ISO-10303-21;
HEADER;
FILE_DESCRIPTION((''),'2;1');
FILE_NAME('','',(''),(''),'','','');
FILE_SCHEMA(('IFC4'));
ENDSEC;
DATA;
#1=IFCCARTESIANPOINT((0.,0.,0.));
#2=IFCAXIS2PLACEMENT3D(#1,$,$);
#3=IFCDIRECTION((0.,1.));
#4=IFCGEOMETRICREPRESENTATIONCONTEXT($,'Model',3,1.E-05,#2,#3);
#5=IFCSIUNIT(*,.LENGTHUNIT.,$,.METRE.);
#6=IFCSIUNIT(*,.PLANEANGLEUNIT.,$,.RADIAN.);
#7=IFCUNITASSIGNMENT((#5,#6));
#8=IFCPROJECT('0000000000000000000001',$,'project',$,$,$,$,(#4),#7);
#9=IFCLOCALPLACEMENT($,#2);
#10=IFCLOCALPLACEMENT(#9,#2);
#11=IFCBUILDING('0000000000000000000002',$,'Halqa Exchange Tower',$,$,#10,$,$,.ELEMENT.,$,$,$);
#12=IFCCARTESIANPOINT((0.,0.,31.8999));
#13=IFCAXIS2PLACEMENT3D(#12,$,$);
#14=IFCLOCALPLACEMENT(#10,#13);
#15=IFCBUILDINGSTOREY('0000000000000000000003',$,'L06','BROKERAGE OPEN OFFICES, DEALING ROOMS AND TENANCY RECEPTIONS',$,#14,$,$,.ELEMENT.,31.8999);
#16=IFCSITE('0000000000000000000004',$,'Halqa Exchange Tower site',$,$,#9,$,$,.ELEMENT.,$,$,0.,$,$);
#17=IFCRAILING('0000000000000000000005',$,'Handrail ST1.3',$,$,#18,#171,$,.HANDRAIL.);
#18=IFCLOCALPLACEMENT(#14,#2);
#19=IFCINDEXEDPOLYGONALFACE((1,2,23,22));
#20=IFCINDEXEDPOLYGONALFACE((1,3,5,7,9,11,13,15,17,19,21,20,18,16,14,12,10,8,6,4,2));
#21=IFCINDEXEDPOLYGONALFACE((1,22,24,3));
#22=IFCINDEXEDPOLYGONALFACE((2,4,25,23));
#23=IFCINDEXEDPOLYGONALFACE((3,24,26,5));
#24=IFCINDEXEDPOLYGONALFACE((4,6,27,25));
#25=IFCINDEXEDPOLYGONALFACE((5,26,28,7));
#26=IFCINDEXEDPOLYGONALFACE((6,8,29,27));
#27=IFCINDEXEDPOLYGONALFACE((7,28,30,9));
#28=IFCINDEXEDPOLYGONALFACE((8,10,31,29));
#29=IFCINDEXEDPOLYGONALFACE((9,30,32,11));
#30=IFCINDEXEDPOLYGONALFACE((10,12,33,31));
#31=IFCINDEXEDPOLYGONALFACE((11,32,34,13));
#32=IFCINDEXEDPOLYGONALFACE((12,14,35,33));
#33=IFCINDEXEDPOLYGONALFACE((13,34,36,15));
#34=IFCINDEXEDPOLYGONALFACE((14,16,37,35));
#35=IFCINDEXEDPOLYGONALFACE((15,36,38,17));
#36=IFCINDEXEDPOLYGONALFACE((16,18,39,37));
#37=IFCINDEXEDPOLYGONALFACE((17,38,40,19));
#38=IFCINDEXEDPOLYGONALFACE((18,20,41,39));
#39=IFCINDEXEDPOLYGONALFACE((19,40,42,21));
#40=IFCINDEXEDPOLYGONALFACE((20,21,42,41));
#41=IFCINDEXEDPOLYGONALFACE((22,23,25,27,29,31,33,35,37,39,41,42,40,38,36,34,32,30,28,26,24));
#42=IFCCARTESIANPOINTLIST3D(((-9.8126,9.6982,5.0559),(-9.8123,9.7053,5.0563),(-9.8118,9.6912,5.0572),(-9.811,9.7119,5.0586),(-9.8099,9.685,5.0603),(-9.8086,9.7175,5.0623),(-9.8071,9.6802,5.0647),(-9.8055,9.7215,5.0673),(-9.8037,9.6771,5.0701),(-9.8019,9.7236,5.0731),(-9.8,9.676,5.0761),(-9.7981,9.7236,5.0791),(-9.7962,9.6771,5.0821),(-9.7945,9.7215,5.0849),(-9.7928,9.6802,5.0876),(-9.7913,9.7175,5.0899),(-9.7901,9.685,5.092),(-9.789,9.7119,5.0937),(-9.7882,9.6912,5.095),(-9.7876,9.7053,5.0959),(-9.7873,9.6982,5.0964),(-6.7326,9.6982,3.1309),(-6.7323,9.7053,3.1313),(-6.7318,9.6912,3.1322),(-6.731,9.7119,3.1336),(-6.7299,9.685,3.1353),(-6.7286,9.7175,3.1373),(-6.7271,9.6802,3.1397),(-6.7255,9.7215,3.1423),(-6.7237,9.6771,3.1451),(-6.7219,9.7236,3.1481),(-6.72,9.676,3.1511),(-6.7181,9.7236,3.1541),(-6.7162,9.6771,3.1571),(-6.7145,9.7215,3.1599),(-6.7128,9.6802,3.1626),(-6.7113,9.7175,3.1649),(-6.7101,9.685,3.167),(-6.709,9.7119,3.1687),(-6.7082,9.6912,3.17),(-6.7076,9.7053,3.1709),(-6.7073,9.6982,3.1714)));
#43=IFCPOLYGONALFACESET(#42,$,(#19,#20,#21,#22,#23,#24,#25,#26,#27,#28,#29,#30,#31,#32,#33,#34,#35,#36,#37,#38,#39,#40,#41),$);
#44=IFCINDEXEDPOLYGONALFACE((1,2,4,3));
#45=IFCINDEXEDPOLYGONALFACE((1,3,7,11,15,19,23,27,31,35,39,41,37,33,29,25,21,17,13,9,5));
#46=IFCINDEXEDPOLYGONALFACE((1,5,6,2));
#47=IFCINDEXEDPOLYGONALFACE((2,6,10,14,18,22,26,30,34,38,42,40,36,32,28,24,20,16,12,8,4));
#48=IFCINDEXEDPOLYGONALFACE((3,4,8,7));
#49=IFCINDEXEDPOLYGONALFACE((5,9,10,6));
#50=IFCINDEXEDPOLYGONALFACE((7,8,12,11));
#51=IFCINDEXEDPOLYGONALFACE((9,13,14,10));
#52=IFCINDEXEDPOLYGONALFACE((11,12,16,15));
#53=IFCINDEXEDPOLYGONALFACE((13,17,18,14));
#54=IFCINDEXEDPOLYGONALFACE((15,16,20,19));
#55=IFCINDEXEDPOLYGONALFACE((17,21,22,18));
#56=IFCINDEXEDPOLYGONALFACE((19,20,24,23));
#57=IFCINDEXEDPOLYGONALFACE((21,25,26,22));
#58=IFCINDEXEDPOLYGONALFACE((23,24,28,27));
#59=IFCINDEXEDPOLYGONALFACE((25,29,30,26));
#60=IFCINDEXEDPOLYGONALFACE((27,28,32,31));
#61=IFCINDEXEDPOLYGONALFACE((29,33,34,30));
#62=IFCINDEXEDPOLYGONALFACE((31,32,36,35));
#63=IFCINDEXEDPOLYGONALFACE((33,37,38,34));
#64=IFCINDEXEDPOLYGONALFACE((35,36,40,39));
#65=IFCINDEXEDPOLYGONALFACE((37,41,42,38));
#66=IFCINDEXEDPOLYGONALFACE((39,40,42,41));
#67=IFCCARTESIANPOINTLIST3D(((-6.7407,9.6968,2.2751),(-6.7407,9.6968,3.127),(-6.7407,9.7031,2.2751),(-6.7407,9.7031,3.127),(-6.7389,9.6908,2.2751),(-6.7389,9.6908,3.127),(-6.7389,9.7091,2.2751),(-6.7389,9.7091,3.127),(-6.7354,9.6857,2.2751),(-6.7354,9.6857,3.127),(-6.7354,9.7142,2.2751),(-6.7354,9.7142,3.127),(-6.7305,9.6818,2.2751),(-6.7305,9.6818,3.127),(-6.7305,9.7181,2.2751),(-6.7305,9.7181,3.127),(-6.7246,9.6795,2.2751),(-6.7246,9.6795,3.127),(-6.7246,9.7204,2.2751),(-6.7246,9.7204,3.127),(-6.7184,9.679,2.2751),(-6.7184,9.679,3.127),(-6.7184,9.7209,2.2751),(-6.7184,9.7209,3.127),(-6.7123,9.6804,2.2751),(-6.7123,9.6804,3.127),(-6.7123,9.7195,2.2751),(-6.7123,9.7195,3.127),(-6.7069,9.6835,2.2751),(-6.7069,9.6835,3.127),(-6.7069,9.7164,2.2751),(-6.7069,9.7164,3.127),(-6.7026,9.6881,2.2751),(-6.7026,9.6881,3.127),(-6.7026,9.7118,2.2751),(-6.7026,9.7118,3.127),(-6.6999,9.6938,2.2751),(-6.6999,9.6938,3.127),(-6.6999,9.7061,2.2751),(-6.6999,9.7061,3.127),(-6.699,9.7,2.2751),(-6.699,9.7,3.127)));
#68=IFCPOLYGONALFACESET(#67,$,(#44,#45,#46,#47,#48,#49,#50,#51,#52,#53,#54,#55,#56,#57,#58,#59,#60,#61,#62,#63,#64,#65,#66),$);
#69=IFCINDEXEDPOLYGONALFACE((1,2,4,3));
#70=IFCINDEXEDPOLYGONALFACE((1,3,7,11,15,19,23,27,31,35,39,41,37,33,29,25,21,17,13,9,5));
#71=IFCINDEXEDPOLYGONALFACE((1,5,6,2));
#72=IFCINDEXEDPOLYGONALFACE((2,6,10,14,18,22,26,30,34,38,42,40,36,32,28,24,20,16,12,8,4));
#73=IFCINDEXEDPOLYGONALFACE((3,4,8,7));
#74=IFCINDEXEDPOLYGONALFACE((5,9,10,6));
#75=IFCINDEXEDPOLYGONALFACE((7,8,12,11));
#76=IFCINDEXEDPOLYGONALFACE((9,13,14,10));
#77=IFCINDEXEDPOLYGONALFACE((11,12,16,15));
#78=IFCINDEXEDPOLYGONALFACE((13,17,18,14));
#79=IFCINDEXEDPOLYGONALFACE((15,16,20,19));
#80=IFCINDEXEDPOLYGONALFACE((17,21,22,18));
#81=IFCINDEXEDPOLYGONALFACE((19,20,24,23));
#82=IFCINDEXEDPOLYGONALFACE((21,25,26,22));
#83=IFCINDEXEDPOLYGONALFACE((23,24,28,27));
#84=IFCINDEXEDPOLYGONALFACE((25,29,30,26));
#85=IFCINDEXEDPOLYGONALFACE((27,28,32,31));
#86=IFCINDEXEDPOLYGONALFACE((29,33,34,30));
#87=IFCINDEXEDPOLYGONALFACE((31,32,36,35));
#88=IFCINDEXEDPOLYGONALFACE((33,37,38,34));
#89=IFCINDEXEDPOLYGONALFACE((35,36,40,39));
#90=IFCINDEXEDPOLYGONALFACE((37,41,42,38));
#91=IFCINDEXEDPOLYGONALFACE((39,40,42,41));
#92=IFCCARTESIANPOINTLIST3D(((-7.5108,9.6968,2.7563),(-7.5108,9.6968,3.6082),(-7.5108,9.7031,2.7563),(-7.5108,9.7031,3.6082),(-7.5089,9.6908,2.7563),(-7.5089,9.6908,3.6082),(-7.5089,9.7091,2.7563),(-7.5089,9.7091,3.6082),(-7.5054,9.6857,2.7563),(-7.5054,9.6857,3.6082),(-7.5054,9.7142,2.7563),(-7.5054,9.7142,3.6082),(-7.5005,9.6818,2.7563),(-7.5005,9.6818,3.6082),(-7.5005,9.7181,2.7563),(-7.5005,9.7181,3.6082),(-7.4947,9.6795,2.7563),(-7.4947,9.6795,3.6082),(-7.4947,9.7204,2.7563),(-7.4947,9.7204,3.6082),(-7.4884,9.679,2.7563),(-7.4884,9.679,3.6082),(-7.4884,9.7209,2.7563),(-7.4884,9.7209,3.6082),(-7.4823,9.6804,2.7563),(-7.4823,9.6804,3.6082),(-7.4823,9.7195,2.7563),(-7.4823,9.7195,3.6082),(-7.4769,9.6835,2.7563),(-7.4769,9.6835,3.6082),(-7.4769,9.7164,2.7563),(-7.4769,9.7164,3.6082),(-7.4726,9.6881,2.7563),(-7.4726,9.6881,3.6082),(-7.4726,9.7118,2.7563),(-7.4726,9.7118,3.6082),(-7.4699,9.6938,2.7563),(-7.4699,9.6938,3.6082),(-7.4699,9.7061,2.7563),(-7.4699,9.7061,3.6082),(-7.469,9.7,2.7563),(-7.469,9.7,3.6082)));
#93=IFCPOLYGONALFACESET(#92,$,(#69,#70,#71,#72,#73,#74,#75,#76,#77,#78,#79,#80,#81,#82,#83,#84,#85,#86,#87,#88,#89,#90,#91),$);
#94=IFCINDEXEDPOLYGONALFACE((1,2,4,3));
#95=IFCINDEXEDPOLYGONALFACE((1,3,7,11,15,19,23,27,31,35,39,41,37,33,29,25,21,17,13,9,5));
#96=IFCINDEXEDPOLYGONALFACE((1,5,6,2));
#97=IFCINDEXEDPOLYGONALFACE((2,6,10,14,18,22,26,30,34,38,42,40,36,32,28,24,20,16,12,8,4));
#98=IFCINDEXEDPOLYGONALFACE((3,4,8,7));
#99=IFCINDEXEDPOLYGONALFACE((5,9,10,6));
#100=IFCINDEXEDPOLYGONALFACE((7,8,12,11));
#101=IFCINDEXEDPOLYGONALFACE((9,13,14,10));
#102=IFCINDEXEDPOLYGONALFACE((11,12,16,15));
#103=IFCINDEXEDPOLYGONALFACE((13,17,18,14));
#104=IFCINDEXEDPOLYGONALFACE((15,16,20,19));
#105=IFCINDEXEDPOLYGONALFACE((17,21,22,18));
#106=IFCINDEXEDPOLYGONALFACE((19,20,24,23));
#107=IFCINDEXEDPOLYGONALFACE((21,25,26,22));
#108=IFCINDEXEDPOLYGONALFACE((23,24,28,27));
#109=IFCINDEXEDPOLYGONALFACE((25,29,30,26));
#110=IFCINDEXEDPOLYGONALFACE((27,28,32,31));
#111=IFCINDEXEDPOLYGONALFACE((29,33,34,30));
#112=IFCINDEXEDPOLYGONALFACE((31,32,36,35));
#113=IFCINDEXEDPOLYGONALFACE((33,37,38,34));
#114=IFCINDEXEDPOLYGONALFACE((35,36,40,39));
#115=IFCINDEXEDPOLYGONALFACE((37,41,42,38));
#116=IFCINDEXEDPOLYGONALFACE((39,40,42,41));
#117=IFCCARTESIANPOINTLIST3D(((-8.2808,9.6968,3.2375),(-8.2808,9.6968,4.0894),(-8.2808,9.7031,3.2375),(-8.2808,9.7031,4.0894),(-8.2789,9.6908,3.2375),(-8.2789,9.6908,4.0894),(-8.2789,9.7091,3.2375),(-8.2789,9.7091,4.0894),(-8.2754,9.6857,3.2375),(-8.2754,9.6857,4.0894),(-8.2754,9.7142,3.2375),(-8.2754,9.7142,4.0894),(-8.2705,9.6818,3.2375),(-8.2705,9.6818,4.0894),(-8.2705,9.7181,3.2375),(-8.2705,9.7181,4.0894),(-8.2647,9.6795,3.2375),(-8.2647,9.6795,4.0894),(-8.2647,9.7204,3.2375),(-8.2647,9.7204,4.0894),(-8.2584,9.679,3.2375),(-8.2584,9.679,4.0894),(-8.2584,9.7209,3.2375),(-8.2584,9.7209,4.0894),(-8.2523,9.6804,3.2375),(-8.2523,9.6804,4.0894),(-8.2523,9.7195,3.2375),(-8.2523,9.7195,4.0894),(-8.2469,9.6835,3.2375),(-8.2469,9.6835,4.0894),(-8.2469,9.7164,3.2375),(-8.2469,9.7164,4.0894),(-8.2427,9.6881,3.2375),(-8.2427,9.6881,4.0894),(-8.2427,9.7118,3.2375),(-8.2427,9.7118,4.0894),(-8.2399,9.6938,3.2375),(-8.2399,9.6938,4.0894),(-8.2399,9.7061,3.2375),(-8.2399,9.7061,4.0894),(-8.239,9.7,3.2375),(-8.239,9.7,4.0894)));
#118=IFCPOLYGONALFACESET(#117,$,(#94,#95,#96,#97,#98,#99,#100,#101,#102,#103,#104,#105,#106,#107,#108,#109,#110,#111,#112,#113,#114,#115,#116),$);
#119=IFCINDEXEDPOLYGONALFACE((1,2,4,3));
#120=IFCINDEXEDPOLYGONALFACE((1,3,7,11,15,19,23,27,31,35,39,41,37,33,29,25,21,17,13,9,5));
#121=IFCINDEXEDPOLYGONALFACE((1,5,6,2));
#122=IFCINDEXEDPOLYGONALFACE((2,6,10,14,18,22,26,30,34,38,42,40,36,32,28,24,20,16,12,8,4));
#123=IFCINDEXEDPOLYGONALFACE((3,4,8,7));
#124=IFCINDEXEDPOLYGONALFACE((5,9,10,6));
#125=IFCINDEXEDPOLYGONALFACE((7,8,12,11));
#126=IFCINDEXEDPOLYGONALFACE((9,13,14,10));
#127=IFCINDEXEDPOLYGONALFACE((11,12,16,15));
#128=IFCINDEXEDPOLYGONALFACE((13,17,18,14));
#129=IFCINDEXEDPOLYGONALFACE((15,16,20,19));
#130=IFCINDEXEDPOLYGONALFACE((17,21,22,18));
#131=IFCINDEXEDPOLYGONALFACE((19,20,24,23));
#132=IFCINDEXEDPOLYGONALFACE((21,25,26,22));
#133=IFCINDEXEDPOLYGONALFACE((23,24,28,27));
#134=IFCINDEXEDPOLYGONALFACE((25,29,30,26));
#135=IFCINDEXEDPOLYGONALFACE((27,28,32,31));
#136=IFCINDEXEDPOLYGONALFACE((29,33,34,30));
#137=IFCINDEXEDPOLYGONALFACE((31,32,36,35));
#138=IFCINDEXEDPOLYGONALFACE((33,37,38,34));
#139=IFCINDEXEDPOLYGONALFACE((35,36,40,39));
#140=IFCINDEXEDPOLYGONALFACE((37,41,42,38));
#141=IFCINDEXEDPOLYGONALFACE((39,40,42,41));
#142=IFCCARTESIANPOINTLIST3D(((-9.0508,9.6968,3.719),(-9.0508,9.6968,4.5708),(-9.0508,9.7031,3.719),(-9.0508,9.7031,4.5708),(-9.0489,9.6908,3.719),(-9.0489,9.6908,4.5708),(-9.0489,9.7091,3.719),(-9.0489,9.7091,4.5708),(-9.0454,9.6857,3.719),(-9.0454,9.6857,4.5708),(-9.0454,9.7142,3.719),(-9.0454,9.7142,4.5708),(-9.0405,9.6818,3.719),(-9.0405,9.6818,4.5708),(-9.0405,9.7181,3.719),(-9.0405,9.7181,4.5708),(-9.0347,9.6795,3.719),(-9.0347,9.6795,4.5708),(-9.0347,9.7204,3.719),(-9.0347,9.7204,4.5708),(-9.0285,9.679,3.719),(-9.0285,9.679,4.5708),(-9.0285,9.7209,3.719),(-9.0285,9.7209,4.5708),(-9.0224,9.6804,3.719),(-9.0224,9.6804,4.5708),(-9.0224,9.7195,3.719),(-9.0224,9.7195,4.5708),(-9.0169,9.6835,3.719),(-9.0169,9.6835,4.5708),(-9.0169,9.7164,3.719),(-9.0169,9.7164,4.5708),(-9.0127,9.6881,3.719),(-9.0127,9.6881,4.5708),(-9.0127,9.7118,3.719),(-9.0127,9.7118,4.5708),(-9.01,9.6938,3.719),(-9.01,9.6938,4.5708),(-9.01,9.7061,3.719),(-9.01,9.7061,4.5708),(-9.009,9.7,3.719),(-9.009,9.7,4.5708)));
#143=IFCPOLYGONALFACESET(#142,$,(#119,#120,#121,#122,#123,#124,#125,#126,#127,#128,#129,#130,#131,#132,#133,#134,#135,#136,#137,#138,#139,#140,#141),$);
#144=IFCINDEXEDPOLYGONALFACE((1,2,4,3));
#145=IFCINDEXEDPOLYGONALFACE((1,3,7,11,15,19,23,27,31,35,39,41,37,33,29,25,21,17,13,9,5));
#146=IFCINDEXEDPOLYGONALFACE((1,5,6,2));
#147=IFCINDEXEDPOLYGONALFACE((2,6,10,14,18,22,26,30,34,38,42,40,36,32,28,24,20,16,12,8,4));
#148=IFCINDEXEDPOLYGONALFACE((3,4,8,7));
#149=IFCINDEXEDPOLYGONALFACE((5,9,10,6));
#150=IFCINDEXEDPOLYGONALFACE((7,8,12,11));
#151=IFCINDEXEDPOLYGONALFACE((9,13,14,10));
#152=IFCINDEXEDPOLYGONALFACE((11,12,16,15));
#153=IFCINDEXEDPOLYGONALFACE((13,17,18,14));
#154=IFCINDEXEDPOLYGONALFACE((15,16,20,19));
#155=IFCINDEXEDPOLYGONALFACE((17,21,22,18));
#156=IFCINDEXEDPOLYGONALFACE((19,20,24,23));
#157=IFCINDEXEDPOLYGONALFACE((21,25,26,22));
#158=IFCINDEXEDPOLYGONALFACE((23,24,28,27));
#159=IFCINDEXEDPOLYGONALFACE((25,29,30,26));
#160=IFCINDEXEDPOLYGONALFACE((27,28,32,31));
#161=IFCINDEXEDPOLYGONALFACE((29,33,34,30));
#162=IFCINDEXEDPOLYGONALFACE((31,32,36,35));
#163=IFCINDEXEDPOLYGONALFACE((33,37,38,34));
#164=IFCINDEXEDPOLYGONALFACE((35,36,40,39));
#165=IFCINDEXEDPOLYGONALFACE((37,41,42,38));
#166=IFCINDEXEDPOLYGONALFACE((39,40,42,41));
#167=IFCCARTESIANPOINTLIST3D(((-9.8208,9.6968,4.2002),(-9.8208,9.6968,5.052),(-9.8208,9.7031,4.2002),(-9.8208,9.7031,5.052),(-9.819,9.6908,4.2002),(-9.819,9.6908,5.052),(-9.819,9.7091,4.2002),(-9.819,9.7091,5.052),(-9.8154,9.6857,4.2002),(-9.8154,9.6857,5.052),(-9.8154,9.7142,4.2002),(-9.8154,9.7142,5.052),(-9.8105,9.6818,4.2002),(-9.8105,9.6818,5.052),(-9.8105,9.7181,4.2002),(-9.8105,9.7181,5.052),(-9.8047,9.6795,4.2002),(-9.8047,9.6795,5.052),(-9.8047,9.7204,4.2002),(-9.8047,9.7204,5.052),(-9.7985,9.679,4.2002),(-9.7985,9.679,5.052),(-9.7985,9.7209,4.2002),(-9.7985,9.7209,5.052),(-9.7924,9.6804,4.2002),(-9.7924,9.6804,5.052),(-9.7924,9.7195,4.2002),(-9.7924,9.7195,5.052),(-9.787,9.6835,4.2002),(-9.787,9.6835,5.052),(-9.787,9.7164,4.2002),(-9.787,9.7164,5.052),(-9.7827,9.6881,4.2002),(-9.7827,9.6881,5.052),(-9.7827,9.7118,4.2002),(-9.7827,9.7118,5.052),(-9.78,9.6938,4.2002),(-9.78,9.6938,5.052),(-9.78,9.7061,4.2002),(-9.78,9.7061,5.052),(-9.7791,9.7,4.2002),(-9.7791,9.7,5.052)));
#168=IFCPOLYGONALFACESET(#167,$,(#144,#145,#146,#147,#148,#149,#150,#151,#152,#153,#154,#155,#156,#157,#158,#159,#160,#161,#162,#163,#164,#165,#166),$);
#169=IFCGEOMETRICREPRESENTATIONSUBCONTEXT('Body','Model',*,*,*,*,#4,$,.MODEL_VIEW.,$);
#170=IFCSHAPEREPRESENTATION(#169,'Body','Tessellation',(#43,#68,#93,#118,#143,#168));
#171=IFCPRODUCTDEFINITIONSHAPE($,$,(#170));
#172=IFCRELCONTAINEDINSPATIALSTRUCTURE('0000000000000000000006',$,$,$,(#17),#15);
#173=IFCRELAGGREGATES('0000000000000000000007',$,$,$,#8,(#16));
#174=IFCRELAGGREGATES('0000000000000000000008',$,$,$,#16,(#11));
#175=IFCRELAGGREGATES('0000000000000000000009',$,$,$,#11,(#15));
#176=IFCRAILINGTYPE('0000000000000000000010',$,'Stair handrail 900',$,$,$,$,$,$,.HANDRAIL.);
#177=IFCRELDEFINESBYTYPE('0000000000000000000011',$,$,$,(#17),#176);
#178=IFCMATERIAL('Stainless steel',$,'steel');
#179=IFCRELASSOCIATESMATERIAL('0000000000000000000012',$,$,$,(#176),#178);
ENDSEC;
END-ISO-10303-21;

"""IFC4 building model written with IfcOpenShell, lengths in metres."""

from ifc_helpers import new_model, si_unit, direction, frame, origin, origin_2d, place, context, subcontext, project, spatial, circle, extrude, material, type_object, element, save


model = new_model("IFC4")

# Units and contexts
model_context = context("Model", 3, precision=1e-05, world=origin(), true_north=direction((0.0, 1.0)))
body_context = subcontext(model_context, "Body", "Model", "MODEL_VIEW")
ifc_project = project(units=[si_unit("LENGTHUNIT", "METRE"), si_unit("PLANEANGLEUNIT", "RADIAN")], contexts=[model_context])

# Site, building, storey
site_placement = place(None, origin())
site = spatial("IfcSite", under=ifc_project, at=site_placement, Name="Halqa Exchange Tower site", CompositionType="ELEMENT", RefElevation=0.0)
building_placement = place(site_placement, origin())
building = spatial("IfcBuilding", under=site, at=building_placement, Name="Halqa Exchange Tower", CompositionType="ELEMENT")
storey_placement = place(building_placement, frame((0.0, 0.0, 31.8999)))
storey = spatial("IfcBuildingStorey", under=building, at=storey_placement, Name="L06", Description="BROKERAGE OPEN OFFICES, DEALING ROOMS AND TENANCY RECEPTIONS", CompositionType="ELEMENT", Elevation=31.8999)

# Railing
ifc_material_1 = material(Name="Stainless steel", Category="steel")
railing_type_1 = type_object("IfcRailingType", Name="Stair handrail 900", PredefinedType="HANDRAIL", material=ifc_material_1)
railing_1_placement = place(storey_placement, frame((-6.72, 9.7, 2.2751)))
element("IfcRailing", 1, at=railing_1_placement, inside=storey, type_object=railing_type_1, Name="Handrail ST1.3", PredefinedType="HANDRAIL", context=body_context, shape_type="SweptSolid", body=[
    extrude(circle(Radius=0.0239, at=origin_2d()), frame((0.0, 0.0, 0.876), z_axis=(-0.847998, 0.0, 0.529999), x_axis=(0.0, -1.0, 0.0)), (0.0, 0.0, 1.0), 3.6321),
    extrude(circle(Radius=0.021, at=origin_2d()), origin(), (0.0, 0.0, 1.0), 0.8518),
    extrude(circle(Radius=0.021, at=origin_2d()), frame((-0.77, 0.0, 0.4812)), (0.0, 0.0, 1.0), 0.8518),
    extrude(circle(Radius=0.021, at=origin_2d()), frame((-1.54, 0.0, 0.9624)), (0.0, 0.0, 1.0), 0.8518),
    extrude(circle(Radius=0.021, at=origin_2d()), frame((-2.3101, 0.0, 1.4438)), (0.0, 0.0, 1.0), 0.8518),
    extrude(circle(Radius=0.021, at=origin_2d()), frame((-3.0801, 0.0, 1.925)), (0.0, 0.0, 1.0), 0.8518),
])

save(model, "model.ifc")
